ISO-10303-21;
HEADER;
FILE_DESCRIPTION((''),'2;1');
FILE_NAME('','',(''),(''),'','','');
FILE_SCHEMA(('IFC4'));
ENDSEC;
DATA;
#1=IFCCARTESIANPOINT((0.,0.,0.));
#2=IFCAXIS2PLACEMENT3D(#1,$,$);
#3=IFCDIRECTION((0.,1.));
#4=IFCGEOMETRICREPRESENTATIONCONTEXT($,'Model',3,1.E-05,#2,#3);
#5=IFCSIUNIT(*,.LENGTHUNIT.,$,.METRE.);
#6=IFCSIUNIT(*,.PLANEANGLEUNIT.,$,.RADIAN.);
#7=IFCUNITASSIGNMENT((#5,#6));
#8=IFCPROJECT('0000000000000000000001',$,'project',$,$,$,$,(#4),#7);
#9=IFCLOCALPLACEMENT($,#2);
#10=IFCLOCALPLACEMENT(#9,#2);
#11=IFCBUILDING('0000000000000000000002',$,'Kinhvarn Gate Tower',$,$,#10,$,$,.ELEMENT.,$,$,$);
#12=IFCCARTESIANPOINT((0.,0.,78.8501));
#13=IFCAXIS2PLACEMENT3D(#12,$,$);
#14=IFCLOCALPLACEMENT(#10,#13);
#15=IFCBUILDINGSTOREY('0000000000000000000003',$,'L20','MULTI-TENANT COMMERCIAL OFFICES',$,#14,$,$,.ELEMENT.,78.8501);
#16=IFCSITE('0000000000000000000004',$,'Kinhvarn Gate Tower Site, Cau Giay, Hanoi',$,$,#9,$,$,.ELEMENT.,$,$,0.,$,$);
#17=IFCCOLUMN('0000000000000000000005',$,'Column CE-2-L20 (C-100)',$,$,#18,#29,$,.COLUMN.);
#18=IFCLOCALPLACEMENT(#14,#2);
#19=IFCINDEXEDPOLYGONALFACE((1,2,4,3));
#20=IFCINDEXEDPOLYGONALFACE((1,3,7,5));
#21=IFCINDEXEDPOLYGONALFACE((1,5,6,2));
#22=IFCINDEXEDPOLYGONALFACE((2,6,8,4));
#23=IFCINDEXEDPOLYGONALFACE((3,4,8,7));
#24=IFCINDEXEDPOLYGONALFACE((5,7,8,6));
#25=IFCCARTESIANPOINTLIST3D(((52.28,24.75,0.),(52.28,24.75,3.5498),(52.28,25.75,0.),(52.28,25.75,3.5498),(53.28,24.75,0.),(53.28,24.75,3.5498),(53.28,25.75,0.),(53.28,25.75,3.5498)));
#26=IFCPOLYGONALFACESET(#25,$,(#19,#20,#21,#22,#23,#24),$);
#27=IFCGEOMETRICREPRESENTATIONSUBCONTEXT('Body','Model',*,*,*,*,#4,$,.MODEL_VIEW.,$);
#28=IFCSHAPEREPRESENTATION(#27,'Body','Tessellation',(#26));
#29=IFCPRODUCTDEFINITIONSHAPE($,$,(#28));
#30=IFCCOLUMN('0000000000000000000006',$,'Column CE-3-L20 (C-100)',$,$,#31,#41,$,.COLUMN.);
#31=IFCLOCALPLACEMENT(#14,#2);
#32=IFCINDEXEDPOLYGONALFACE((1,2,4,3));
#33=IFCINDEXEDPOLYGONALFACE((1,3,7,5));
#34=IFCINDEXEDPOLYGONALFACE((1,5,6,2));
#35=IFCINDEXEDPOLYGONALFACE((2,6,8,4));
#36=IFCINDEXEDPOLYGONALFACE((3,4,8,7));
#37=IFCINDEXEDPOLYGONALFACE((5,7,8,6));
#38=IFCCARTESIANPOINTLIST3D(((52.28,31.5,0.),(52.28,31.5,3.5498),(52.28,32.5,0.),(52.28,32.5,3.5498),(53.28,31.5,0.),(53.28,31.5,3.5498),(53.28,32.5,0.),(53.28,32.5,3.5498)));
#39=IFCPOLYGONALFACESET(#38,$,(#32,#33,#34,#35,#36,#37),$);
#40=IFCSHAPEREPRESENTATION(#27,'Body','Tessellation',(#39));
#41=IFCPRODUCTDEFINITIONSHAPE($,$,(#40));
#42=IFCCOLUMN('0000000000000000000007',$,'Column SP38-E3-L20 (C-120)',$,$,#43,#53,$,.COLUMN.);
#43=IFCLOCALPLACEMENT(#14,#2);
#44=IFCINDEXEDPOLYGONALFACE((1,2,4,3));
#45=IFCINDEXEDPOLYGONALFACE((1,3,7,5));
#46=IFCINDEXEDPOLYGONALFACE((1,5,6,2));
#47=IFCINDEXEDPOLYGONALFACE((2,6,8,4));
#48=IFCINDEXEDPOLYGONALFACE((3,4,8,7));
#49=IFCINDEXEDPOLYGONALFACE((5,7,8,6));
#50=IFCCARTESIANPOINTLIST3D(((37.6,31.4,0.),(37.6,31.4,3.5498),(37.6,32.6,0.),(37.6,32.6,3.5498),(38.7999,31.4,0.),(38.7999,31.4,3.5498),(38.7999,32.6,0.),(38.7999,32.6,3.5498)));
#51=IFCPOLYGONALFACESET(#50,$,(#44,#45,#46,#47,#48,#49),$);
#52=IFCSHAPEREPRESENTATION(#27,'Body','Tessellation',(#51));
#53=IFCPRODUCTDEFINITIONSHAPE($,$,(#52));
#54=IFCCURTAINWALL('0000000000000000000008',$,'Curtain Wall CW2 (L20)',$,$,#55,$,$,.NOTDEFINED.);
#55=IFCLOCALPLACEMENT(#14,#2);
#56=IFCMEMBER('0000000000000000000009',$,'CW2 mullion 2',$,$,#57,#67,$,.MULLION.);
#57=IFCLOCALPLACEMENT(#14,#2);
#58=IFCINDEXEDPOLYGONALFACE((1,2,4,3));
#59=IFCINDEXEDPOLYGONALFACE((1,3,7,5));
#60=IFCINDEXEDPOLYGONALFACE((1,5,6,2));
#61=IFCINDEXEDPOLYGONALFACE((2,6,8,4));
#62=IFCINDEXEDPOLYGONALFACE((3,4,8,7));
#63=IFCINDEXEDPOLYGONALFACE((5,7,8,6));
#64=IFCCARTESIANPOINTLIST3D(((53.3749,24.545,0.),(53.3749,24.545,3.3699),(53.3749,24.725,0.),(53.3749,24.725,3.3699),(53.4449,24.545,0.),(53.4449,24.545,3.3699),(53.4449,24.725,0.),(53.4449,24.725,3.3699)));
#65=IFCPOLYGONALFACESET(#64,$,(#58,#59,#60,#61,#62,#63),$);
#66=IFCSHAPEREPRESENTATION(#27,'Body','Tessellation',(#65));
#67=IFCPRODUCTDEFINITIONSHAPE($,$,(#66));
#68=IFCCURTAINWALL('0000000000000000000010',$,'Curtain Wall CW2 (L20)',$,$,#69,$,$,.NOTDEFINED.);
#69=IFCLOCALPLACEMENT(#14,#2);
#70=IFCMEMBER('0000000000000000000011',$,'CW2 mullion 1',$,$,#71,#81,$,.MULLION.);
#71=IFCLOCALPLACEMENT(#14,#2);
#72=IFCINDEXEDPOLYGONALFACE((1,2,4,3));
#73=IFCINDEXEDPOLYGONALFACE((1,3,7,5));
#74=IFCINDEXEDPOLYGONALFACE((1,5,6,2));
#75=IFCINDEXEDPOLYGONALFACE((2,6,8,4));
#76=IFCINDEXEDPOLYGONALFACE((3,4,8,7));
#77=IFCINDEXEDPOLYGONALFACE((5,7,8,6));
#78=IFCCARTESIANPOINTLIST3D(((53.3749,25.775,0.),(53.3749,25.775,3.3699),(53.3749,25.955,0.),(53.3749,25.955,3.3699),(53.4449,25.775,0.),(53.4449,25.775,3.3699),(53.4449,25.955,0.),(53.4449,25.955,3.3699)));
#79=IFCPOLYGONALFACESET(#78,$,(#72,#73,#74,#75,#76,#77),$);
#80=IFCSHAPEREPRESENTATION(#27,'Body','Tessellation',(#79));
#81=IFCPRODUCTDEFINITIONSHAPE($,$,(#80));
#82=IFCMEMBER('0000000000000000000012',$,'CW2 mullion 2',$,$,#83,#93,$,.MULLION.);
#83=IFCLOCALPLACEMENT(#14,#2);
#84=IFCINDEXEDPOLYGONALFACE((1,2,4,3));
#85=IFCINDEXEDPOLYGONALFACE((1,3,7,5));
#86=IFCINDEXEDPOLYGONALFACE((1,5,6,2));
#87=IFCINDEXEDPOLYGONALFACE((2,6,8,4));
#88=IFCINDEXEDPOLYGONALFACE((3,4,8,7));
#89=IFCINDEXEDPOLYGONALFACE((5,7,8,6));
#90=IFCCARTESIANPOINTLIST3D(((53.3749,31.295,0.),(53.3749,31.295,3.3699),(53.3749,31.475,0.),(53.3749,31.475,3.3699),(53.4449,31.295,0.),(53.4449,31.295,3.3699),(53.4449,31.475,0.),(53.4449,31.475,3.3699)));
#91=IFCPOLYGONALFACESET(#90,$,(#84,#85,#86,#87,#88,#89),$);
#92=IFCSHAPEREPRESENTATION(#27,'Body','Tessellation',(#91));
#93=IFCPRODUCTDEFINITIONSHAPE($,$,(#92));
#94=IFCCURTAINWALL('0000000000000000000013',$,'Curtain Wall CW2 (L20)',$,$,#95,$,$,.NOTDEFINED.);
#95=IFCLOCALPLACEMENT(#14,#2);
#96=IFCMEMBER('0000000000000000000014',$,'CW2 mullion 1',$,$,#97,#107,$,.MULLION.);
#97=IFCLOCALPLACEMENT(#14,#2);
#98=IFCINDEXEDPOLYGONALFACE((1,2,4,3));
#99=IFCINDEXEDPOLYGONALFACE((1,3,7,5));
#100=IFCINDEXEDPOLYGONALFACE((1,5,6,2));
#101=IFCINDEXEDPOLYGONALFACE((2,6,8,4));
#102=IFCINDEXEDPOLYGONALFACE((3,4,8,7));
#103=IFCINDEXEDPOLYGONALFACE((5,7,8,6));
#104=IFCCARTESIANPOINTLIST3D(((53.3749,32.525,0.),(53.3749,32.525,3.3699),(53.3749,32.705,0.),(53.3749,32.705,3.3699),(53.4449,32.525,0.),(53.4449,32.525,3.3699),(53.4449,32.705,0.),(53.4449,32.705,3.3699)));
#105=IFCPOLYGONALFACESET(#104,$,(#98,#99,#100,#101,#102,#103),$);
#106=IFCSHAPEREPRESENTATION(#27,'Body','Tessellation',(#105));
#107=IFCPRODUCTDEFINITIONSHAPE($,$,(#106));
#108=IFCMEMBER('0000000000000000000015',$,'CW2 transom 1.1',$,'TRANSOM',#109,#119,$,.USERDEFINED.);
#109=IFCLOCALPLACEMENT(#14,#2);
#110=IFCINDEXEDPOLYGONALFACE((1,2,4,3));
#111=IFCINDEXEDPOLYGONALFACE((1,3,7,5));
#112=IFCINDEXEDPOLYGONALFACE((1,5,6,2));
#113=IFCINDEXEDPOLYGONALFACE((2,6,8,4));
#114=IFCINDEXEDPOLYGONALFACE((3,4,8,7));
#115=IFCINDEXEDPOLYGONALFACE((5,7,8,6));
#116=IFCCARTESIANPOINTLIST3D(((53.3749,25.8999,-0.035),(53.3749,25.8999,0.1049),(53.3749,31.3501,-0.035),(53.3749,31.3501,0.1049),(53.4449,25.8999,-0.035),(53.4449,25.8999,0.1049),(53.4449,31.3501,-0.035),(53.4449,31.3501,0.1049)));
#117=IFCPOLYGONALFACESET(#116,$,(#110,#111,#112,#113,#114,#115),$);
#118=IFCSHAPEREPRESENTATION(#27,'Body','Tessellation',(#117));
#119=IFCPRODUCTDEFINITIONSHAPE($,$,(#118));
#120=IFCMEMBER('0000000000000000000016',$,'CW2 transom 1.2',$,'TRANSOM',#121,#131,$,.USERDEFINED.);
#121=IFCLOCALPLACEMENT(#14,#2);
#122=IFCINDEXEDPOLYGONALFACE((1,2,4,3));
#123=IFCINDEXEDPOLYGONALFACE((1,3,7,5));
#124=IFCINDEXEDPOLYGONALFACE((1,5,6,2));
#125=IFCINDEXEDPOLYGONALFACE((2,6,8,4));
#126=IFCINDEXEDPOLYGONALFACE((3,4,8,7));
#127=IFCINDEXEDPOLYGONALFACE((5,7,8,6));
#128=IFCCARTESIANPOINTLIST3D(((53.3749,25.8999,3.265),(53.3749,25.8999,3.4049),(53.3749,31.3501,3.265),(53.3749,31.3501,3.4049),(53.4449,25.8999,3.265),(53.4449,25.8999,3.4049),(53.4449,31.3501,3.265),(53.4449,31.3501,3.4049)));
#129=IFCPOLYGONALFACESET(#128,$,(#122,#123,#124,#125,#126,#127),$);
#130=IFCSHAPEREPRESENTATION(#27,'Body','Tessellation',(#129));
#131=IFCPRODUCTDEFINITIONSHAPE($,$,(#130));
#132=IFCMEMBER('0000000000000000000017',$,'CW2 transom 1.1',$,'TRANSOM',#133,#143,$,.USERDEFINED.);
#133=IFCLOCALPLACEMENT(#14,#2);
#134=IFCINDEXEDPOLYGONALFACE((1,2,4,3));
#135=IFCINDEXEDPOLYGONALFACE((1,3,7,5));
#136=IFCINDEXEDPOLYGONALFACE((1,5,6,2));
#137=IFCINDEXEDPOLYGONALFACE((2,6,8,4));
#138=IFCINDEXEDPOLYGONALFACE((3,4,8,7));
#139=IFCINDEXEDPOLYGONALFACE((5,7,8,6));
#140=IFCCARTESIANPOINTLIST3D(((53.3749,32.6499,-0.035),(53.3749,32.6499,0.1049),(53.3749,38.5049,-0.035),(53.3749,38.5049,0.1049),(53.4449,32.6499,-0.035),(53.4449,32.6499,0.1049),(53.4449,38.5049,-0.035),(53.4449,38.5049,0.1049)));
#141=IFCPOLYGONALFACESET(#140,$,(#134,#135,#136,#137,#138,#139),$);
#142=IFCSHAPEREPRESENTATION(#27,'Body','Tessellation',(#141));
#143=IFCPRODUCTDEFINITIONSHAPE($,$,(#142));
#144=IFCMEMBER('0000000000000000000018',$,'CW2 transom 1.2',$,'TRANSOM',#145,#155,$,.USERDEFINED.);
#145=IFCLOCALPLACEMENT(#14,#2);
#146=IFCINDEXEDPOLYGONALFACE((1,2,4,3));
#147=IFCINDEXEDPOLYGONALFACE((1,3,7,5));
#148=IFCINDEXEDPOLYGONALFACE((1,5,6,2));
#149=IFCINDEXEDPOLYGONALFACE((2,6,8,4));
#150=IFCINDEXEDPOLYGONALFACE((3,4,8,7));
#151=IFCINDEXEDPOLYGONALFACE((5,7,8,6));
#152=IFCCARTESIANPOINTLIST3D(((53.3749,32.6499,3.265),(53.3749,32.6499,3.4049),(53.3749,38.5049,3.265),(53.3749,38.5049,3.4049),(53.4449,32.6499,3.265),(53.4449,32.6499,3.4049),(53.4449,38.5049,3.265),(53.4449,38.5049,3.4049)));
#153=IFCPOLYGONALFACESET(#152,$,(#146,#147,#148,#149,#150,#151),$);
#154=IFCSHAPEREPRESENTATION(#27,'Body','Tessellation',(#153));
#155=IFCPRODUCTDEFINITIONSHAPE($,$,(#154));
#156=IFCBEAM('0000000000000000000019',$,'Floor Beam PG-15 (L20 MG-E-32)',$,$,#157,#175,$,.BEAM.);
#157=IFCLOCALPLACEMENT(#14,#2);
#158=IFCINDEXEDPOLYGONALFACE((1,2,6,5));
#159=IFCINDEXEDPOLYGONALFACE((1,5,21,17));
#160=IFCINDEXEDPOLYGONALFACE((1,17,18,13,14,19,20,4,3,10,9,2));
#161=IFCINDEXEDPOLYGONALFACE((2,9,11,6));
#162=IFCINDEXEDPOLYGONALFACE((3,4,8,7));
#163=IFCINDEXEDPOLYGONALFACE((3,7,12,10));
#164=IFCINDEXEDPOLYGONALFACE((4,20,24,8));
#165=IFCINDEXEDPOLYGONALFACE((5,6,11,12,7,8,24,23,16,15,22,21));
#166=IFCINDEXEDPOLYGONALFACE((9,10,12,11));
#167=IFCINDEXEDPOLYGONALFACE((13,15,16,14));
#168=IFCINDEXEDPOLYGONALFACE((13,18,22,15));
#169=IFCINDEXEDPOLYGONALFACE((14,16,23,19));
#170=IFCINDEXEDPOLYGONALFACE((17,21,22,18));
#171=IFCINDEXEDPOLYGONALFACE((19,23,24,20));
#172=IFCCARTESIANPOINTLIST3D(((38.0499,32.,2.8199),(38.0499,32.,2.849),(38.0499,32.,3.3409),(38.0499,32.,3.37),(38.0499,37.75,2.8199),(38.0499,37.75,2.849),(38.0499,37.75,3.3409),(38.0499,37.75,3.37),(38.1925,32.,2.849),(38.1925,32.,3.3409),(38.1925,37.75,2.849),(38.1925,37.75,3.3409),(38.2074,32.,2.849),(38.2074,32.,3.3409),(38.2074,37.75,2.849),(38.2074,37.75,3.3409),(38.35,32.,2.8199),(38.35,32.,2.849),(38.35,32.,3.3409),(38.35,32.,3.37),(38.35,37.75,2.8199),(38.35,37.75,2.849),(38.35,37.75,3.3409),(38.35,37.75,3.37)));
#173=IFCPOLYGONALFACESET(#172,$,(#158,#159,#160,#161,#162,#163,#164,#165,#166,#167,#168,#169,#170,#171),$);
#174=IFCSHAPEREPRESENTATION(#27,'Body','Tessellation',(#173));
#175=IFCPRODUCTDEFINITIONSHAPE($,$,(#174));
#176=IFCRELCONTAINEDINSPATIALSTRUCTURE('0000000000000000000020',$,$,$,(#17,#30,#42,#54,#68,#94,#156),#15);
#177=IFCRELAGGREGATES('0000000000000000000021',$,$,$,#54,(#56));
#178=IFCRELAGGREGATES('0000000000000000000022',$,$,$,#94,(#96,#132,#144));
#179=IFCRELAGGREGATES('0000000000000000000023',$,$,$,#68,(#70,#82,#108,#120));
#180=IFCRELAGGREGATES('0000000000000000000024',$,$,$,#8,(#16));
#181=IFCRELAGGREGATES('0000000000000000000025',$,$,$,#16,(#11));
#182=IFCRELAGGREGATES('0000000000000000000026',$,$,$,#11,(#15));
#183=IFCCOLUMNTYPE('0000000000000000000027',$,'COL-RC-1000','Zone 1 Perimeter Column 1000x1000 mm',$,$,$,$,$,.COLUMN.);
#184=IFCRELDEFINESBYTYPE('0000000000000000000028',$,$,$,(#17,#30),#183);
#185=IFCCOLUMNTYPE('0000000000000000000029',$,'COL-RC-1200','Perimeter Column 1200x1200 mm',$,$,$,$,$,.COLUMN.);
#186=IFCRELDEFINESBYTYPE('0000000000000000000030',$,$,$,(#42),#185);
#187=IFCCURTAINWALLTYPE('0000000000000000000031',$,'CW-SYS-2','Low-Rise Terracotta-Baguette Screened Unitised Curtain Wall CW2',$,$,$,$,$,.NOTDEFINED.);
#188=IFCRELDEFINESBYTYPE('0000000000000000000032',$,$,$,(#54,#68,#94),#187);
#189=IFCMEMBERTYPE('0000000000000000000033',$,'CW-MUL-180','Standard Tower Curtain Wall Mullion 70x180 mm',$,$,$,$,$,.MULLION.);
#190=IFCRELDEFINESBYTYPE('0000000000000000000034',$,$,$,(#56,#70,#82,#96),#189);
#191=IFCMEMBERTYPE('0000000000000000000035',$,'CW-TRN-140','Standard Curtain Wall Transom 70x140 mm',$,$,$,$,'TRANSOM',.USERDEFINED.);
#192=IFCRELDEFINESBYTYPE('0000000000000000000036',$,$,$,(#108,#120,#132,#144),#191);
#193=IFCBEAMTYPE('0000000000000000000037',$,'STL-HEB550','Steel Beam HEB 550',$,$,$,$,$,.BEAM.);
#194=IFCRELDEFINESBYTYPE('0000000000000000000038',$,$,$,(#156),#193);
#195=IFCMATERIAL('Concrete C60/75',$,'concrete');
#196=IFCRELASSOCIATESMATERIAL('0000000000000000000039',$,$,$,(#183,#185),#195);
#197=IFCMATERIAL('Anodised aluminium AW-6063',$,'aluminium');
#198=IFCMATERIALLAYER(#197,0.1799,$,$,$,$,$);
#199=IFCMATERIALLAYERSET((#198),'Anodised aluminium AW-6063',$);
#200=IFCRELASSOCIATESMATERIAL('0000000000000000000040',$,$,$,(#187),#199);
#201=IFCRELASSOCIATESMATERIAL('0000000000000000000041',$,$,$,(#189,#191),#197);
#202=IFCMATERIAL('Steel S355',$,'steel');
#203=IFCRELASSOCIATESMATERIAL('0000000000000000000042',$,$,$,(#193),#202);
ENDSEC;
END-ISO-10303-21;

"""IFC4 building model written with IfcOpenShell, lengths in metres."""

from ifc_helpers import new_model, si_unit, direction, frame, origin, origin_2d, place, context, subcontext, project, spatial, rectangle, i_section, extrude, material, layer, layer_set, material_profile, profile_set, type_object, element, aggregate, save


model = new_model("IFC4")

# Units and contexts
model_context = context("Model", 3, precision=1e-05, world=origin(), true_north=direction((0.0, 1.0)))
body_context = subcontext(model_context, "Body", "Model", "MODEL_VIEW")
ifc_project = project(units=[si_unit("LENGTHUNIT", "METRE"), si_unit("PLANEANGLEUNIT", "RADIAN")], contexts=[model_context])

# Site, building, storey
site_placement = place(None, origin())
site = spatial("IfcSite", under=ifc_project, at=site_placement, Name="Kinhvarn Gate Tower Site, Cau Giay, Hanoi", CompositionType="ELEMENT", RefElevation=0.0)
building_placement = place(site_placement, origin())
building = spatial("IfcBuilding", under=site, at=building_placement, Name="Kinhvarn Gate Tower", CompositionType="ELEMENT")
storey_placement = place(building_placement, frame((0.0, 0.0, 78.8501)))
storey = spatial("IfcBuildingStorey", under=building, at=storey_placement, Name="L20", Description="MULTI-TENANT COMMERCIAL OFFICES", CompositionType="ELEMENT", Elevation=78.8501)

# Columns
ifc_material_1 = material(Name="Concrete C60/75", Category="concrete")
ifc_material_profile_1 = material_profile(ifc_material_1, rectangle(XDim=1.0, YDim=1.0, at=origin_2d()), Name="RC 1000x1000")
ifc_profile_set_1 = profile_set([ifc_material_profile_1], Name="Concrete C60/75")
column_type_1 = type_object("IfcColumnType", Name="COL-RC-1000", Description="Zone 1 Perimeter Column 1000x1000 mm", PredefinedType="COLUMN", material=ifc_profile_set_1)
for number, where, z_axis, x_axis, name in (
    (1, (52.78, 25.25, 0.0), (0.0, 0.0, 1.0), (1.0, 0.0, 0.0), "Column CE-2-L20 (C-100)"),
    (2, (52.78, 32.0, 0.0), (0.0, 0.0, 1.0), (1.0, 0.0, 0.0), "Column CE-3-L20 (C-100)"),
):
    element("IfcColumn", number, at=place(storey_placement, frame(where, z_axis=z_axis, x_axis=x_axis)), inside=storey, type_object=column_type_1, Name=name, PredefinedType="COLUMN", context=body_context, shape_type="SweptSolid", body=[
        extrude(rectangle(XDim=1.0, YDim=1.0, at=origin_2d()), origin(), (0.0, 0.0, 1.0), 3.5498),
    ])
ifc_material_profile_2 = material_profile(ifc_material_1, rectangle(XDim=1.2, YDim=1.2, at=origin_2d()), Name="RC 1200x1200")
ifc_profile_set_2 = profile_set([ifc_material_profile_2], Name="Concrete C60/75")
column_type_2 = type_object("IfcColumnType", Name="COL-RC-1200", Description="Perimeter Column 1200x1200 mm", PredefinedType="COLUMN", material=ifc_profile_set_2)
column_placement = place(storey_placement, frame((38.2, 32.0, 0.0), z_axis=(0.0, 0.0, 1.0), x_axis=(1.0, 0.0, 0.0)))
element("IfcColumn", 3, at=column_placement, inside=storey, type_object=column_type_2, Name="Column SP38-E3-L20 (C-120)", PredefinedType="COLUMN", context=body_context, shape_type="SweptSolid", body=[
    extrude(rectangle(XDim=1.2, YDim=1.2, at=origin_2d()), origin(), (0.0, 0.0, 1.0), 3.5498),
])

# Curtain wall, member
ifc_material_2 = material(Name="Anodised aluminium AW-6063", Category="aluminium")
ifc_layer_1 = layer(ifc_material_2, 0.1799)
ifc_layer_set_1 = layer_set([ifc_layer_1], Name="Anodised aluminium AW-6063")
curtain_wall_type = type_object("IfcCurtainWallType", Name="CW-SYS-2", Description="Low-Rise Terracotta-Baguette Screened Unitised Curtain Wall CW2", PredefinedType="NOTDEFINED", material=ifc_layer_set_1)
curtain_wall_1_placement = place(storey_placement, origin())
curtain_wall_1 = element("IfcCurtainWall", 4, at=curtain_wall_1_placement, inside=storey, type_object=curtain_wall_type, Name="Curtain Wall CW2 (L20)", PredefinedType="NOTDEFINED")
ifc_material_profile_3 = material_profile(ifc_material_2, rectangle(XDim=0.0701, YDim=0.1799, at=origin_2d()), Name="ALU 70x180")
ifc_profile_set_3 = profile_set([ifc_material_profile_3], Name="Anodised aluminium AW-6063")
member_type_1 = type_object("IfcMemberType", Name="CW-MUL-180", Description="Standard Tower Curtain Wall Mullion 70x180 mm", PredefinedType="MULLION", material=ifc_profile_set_3)
member_1_placement = place(storey_placement, frame((53.4099, 24.635, 0.0), z_axis=(0.0, 0.0, 1.0), x_axis=(-1.0, 0.0, 0.0)))
member_1 = element("IfcMember", 5, at=member_1_placement, type_object=member_type_1, Name="CW2 mullion 2", PredefinedType="MULLION", context=body_context, shape_type="SweptSolid", body=[
    extrude(rectangle(XDim=0.0701, YDim=0.1799, at=origin_2d()), origin(), (0.0, 0.0, 1.0), 3.3699),
])
aggregate(curtain_wall_1, [member_1])

# Curtain wall, members
curtain_wall_2_placement = place(storey_placement, origin())
curtain_wall_2 = element("IfcCurtainWall", 6, at=curtain_wall_2_placement, inside=storey, type_object=curtain_wall_type, Name="Curtain Wall CW2 (L20)", PredefinedType="NOTDEFINED")
member_2_placement = place(storey_placement, frame((53.4099, 25.865, 0.0), z_axis=(0.0, 0.0, 1.0), x_axis=(-1.0, 0.0, 0.0)))
member_2 = element("IfcMember", 7, at=member_2_placement, type_object=member_type_1, Name="CW2 mullion 1", PredefinedType="MULLION", context=body_context, shape_type="SweptSolid", body=[
    extrude(rectangle(XDim=0.0701, YDim=0.1799, at=origin_2d()), origin(), (0.0, 0.0, 1.0), 3.3699),
])
member_3_placement = place(storey_placement, frame((53.4099, 31.385, 0.0), z_axis=(0.0, 0.0, 1.0), x_axis=(-1.0, 0.0, 0.0)))
member_3 = element("IfcMember", 8, at=member_3_placement, type_object=member_type_1, Name="CW2 mullion 2", PredefinedType="MULLION", context=body_context, shape_type="SweptSolid", body=[
    extrude(rectangle(XDim=0.0701, YDim=0.1799, at=origin_2d()), origin(), (0.0, 0.0, 1.0), 3.3699),
])

# Curtain wall, member
curtain_wall_3_placement = place(storey_placement, origin())
curtain_wall_3 = element("IfcCurtainWall", 9, at=curtain_wall_3_placement, inside=storey, type_object=curtain_wall_type, Name="Curtain Wall CW2 (L20)", PredefinedType="NOTDEFINED")
member_4_placement = place(storey_placement, frame((53.4099, 32.615, 0.0), z_axis=(0.0, 0.0, 1.0), x_axis=(-1.0, 0.0, 0.0)))
member_4 = element("IfcMember", 10, at=member_4_placement, type_object=member_type_1, Name="CW2 mullion 1", PredefinedType="MULLION", context=body_context, shape_type="SweptSolid", body=[
    extrude(rectangle(XDim=0.0701, YDim=0.1799, at=origin_2d()), origin(), (0.0, 0.0, 1.0), 3.3699),
])

# Members
ifc_material_profile_4 = material_profile(ifc_material_2, rectangle(XDim=0.0701, YDim=0.1399, at=origin_2d()), Name="ALU 70x140")
ifc_profile_set_4 = profile_set([ifc_material_profile_4], Name="Anodised aluminium AW-6063")
member_type_2 = type_object("IfcMemberType", Name="CW-TRN-140", Description="Standard Curtain Wall Transom 70x140 mm", ElementType="TRANSOM", PredefinedType="USERDEFINED", material=ifc_profile_set_4)
member_5_placement = place(storey_placement, frame((53.4099, 25.8999, 0.0349), z_axis=(0.0, 1.0, 0.0), x_axis=(-1.0, 0.0, 0.0)))
member_5 = element("IfcMember", 11, at=member_5_placement, type_object=member_type_2, Name="CW2 transom 1.1", ObjectType="TRANSOM", PredefinedType="USERDEFINED", context=body_context, shape_type="SweptSolid", body=[
    extrude(rectangle(XDim=0.0701, YDim=0.1399, at=origin_2d()), origin(), (0.0, 0.0, 1.0), 5.4502),
])
member_6_placement = place(storey_placement, frame((53.4099, 25.8999, 3.335), z_axis=(0.0, 1.0, 0.0), x_axis=(-1.0, 0.0, 0.0)))
member_6 = element("IfcMember", 12, at=member_6_placement, type_object=member_type_2, Name="CW2 transom 1.2", ObjectType="TRANSOM", PredefinedType="USERDEFINED", context=body_context, shape_type="SweptSolid", body=[
    extrude(rectangle(XDim=0.0701, YDim=0.1399, at=origin_2d()), origin(), (0.0, 0.0, 1.0), 5.4502),
])
member_7_placement = place(storey_placement, frame((53.4099, 32.6499, 0.0349), z_axis=(0.0, 1.0, 0.0), x_axis=(-1.0, 0.0, 0.0)))
member_7 = element("IfcMember", 13, at=member_7_placement, type_object=member_type_2, Name="CW2 transom 1.1", ObjectType="TRANSOM", PredefinedType="USERDEFINED", context=body_context, shape_type="SweptSolid", body=[
    extrude(rectangle(XDim=0.0701, YDim=0.1399, at=origin_2d()), origin(), (0.0, 0.0, 1.0), 5.855),
])
member_8_placement = place(storey_placement, frame((53.4099, 32.6499, 3.335), z_axis=(0.0, 1.0, 0.0), x_axis=(-1.0, 0.0, 0.0)))
member_8 = element("IfcMember", 14, at=member_8_placement, type_object=member_type_2, Name="CW2 transom 1.2", ObjectType="TRANSOM", PredefinedType="USERDEFINED", context=body_context, shape_type="SweptSolid", body=[
    extrude(rectangle(XDim=0.0701, YDim=0.1399, at=origin_2d()), origin(), (0.0, 0.0, 1.0), 5.855),
])
aggregate(curtain_wall_3, [member_4, member_7, member_8])

# Beam
ifc_material_3 = material(Name="Steel S355", Category="steel")
ifc_material_profile_5 = material_profile(ifc_material_3, i_section(OverallWidth=0.3, OverallDepth=0.55, WebThickness=0.0149, FlangeThickness=0.0291, at=origin_2d()), Name="HEB 550")
ifc_profile_set_5 = profile_set([ifc_material_profile_5], Name="Steel S355")
beam_type_1 = type_object("IfcBeamType", Name="STL-HEB550", Description="Steel Beam HEB 550", PredefinedType="BEAM", material=ifc_profile_set_5)
beam_1_placement = place(storey_placement, frame((38.2, 32.0, 3.095), z_axis=(0.0, 1.0, 0.0), x_axis=(-1.0, 0.0, 0.0)))
element("IfcBeam", 15, at=beam_1_placement, inside=storey, type_object=beam_type_1, Name="Floor Beam PG-15 (L20 MG-E-32)", PredefinedType="BEAM", context=body_context, shape_type="SweptSolid", body=[
    extrude(i_section(OverallWidth=0.3, OverallDepth=0.55, WebThickness=0.0149, FlangeThickness=0.0291, at=origin_2d()), origin(), (0.0, 0.0, 1.0), 5.75),
])

aggregate(curtain_wall_2, [member_2, member_3, member_5, member_6])

save(model, "model.ifc")
